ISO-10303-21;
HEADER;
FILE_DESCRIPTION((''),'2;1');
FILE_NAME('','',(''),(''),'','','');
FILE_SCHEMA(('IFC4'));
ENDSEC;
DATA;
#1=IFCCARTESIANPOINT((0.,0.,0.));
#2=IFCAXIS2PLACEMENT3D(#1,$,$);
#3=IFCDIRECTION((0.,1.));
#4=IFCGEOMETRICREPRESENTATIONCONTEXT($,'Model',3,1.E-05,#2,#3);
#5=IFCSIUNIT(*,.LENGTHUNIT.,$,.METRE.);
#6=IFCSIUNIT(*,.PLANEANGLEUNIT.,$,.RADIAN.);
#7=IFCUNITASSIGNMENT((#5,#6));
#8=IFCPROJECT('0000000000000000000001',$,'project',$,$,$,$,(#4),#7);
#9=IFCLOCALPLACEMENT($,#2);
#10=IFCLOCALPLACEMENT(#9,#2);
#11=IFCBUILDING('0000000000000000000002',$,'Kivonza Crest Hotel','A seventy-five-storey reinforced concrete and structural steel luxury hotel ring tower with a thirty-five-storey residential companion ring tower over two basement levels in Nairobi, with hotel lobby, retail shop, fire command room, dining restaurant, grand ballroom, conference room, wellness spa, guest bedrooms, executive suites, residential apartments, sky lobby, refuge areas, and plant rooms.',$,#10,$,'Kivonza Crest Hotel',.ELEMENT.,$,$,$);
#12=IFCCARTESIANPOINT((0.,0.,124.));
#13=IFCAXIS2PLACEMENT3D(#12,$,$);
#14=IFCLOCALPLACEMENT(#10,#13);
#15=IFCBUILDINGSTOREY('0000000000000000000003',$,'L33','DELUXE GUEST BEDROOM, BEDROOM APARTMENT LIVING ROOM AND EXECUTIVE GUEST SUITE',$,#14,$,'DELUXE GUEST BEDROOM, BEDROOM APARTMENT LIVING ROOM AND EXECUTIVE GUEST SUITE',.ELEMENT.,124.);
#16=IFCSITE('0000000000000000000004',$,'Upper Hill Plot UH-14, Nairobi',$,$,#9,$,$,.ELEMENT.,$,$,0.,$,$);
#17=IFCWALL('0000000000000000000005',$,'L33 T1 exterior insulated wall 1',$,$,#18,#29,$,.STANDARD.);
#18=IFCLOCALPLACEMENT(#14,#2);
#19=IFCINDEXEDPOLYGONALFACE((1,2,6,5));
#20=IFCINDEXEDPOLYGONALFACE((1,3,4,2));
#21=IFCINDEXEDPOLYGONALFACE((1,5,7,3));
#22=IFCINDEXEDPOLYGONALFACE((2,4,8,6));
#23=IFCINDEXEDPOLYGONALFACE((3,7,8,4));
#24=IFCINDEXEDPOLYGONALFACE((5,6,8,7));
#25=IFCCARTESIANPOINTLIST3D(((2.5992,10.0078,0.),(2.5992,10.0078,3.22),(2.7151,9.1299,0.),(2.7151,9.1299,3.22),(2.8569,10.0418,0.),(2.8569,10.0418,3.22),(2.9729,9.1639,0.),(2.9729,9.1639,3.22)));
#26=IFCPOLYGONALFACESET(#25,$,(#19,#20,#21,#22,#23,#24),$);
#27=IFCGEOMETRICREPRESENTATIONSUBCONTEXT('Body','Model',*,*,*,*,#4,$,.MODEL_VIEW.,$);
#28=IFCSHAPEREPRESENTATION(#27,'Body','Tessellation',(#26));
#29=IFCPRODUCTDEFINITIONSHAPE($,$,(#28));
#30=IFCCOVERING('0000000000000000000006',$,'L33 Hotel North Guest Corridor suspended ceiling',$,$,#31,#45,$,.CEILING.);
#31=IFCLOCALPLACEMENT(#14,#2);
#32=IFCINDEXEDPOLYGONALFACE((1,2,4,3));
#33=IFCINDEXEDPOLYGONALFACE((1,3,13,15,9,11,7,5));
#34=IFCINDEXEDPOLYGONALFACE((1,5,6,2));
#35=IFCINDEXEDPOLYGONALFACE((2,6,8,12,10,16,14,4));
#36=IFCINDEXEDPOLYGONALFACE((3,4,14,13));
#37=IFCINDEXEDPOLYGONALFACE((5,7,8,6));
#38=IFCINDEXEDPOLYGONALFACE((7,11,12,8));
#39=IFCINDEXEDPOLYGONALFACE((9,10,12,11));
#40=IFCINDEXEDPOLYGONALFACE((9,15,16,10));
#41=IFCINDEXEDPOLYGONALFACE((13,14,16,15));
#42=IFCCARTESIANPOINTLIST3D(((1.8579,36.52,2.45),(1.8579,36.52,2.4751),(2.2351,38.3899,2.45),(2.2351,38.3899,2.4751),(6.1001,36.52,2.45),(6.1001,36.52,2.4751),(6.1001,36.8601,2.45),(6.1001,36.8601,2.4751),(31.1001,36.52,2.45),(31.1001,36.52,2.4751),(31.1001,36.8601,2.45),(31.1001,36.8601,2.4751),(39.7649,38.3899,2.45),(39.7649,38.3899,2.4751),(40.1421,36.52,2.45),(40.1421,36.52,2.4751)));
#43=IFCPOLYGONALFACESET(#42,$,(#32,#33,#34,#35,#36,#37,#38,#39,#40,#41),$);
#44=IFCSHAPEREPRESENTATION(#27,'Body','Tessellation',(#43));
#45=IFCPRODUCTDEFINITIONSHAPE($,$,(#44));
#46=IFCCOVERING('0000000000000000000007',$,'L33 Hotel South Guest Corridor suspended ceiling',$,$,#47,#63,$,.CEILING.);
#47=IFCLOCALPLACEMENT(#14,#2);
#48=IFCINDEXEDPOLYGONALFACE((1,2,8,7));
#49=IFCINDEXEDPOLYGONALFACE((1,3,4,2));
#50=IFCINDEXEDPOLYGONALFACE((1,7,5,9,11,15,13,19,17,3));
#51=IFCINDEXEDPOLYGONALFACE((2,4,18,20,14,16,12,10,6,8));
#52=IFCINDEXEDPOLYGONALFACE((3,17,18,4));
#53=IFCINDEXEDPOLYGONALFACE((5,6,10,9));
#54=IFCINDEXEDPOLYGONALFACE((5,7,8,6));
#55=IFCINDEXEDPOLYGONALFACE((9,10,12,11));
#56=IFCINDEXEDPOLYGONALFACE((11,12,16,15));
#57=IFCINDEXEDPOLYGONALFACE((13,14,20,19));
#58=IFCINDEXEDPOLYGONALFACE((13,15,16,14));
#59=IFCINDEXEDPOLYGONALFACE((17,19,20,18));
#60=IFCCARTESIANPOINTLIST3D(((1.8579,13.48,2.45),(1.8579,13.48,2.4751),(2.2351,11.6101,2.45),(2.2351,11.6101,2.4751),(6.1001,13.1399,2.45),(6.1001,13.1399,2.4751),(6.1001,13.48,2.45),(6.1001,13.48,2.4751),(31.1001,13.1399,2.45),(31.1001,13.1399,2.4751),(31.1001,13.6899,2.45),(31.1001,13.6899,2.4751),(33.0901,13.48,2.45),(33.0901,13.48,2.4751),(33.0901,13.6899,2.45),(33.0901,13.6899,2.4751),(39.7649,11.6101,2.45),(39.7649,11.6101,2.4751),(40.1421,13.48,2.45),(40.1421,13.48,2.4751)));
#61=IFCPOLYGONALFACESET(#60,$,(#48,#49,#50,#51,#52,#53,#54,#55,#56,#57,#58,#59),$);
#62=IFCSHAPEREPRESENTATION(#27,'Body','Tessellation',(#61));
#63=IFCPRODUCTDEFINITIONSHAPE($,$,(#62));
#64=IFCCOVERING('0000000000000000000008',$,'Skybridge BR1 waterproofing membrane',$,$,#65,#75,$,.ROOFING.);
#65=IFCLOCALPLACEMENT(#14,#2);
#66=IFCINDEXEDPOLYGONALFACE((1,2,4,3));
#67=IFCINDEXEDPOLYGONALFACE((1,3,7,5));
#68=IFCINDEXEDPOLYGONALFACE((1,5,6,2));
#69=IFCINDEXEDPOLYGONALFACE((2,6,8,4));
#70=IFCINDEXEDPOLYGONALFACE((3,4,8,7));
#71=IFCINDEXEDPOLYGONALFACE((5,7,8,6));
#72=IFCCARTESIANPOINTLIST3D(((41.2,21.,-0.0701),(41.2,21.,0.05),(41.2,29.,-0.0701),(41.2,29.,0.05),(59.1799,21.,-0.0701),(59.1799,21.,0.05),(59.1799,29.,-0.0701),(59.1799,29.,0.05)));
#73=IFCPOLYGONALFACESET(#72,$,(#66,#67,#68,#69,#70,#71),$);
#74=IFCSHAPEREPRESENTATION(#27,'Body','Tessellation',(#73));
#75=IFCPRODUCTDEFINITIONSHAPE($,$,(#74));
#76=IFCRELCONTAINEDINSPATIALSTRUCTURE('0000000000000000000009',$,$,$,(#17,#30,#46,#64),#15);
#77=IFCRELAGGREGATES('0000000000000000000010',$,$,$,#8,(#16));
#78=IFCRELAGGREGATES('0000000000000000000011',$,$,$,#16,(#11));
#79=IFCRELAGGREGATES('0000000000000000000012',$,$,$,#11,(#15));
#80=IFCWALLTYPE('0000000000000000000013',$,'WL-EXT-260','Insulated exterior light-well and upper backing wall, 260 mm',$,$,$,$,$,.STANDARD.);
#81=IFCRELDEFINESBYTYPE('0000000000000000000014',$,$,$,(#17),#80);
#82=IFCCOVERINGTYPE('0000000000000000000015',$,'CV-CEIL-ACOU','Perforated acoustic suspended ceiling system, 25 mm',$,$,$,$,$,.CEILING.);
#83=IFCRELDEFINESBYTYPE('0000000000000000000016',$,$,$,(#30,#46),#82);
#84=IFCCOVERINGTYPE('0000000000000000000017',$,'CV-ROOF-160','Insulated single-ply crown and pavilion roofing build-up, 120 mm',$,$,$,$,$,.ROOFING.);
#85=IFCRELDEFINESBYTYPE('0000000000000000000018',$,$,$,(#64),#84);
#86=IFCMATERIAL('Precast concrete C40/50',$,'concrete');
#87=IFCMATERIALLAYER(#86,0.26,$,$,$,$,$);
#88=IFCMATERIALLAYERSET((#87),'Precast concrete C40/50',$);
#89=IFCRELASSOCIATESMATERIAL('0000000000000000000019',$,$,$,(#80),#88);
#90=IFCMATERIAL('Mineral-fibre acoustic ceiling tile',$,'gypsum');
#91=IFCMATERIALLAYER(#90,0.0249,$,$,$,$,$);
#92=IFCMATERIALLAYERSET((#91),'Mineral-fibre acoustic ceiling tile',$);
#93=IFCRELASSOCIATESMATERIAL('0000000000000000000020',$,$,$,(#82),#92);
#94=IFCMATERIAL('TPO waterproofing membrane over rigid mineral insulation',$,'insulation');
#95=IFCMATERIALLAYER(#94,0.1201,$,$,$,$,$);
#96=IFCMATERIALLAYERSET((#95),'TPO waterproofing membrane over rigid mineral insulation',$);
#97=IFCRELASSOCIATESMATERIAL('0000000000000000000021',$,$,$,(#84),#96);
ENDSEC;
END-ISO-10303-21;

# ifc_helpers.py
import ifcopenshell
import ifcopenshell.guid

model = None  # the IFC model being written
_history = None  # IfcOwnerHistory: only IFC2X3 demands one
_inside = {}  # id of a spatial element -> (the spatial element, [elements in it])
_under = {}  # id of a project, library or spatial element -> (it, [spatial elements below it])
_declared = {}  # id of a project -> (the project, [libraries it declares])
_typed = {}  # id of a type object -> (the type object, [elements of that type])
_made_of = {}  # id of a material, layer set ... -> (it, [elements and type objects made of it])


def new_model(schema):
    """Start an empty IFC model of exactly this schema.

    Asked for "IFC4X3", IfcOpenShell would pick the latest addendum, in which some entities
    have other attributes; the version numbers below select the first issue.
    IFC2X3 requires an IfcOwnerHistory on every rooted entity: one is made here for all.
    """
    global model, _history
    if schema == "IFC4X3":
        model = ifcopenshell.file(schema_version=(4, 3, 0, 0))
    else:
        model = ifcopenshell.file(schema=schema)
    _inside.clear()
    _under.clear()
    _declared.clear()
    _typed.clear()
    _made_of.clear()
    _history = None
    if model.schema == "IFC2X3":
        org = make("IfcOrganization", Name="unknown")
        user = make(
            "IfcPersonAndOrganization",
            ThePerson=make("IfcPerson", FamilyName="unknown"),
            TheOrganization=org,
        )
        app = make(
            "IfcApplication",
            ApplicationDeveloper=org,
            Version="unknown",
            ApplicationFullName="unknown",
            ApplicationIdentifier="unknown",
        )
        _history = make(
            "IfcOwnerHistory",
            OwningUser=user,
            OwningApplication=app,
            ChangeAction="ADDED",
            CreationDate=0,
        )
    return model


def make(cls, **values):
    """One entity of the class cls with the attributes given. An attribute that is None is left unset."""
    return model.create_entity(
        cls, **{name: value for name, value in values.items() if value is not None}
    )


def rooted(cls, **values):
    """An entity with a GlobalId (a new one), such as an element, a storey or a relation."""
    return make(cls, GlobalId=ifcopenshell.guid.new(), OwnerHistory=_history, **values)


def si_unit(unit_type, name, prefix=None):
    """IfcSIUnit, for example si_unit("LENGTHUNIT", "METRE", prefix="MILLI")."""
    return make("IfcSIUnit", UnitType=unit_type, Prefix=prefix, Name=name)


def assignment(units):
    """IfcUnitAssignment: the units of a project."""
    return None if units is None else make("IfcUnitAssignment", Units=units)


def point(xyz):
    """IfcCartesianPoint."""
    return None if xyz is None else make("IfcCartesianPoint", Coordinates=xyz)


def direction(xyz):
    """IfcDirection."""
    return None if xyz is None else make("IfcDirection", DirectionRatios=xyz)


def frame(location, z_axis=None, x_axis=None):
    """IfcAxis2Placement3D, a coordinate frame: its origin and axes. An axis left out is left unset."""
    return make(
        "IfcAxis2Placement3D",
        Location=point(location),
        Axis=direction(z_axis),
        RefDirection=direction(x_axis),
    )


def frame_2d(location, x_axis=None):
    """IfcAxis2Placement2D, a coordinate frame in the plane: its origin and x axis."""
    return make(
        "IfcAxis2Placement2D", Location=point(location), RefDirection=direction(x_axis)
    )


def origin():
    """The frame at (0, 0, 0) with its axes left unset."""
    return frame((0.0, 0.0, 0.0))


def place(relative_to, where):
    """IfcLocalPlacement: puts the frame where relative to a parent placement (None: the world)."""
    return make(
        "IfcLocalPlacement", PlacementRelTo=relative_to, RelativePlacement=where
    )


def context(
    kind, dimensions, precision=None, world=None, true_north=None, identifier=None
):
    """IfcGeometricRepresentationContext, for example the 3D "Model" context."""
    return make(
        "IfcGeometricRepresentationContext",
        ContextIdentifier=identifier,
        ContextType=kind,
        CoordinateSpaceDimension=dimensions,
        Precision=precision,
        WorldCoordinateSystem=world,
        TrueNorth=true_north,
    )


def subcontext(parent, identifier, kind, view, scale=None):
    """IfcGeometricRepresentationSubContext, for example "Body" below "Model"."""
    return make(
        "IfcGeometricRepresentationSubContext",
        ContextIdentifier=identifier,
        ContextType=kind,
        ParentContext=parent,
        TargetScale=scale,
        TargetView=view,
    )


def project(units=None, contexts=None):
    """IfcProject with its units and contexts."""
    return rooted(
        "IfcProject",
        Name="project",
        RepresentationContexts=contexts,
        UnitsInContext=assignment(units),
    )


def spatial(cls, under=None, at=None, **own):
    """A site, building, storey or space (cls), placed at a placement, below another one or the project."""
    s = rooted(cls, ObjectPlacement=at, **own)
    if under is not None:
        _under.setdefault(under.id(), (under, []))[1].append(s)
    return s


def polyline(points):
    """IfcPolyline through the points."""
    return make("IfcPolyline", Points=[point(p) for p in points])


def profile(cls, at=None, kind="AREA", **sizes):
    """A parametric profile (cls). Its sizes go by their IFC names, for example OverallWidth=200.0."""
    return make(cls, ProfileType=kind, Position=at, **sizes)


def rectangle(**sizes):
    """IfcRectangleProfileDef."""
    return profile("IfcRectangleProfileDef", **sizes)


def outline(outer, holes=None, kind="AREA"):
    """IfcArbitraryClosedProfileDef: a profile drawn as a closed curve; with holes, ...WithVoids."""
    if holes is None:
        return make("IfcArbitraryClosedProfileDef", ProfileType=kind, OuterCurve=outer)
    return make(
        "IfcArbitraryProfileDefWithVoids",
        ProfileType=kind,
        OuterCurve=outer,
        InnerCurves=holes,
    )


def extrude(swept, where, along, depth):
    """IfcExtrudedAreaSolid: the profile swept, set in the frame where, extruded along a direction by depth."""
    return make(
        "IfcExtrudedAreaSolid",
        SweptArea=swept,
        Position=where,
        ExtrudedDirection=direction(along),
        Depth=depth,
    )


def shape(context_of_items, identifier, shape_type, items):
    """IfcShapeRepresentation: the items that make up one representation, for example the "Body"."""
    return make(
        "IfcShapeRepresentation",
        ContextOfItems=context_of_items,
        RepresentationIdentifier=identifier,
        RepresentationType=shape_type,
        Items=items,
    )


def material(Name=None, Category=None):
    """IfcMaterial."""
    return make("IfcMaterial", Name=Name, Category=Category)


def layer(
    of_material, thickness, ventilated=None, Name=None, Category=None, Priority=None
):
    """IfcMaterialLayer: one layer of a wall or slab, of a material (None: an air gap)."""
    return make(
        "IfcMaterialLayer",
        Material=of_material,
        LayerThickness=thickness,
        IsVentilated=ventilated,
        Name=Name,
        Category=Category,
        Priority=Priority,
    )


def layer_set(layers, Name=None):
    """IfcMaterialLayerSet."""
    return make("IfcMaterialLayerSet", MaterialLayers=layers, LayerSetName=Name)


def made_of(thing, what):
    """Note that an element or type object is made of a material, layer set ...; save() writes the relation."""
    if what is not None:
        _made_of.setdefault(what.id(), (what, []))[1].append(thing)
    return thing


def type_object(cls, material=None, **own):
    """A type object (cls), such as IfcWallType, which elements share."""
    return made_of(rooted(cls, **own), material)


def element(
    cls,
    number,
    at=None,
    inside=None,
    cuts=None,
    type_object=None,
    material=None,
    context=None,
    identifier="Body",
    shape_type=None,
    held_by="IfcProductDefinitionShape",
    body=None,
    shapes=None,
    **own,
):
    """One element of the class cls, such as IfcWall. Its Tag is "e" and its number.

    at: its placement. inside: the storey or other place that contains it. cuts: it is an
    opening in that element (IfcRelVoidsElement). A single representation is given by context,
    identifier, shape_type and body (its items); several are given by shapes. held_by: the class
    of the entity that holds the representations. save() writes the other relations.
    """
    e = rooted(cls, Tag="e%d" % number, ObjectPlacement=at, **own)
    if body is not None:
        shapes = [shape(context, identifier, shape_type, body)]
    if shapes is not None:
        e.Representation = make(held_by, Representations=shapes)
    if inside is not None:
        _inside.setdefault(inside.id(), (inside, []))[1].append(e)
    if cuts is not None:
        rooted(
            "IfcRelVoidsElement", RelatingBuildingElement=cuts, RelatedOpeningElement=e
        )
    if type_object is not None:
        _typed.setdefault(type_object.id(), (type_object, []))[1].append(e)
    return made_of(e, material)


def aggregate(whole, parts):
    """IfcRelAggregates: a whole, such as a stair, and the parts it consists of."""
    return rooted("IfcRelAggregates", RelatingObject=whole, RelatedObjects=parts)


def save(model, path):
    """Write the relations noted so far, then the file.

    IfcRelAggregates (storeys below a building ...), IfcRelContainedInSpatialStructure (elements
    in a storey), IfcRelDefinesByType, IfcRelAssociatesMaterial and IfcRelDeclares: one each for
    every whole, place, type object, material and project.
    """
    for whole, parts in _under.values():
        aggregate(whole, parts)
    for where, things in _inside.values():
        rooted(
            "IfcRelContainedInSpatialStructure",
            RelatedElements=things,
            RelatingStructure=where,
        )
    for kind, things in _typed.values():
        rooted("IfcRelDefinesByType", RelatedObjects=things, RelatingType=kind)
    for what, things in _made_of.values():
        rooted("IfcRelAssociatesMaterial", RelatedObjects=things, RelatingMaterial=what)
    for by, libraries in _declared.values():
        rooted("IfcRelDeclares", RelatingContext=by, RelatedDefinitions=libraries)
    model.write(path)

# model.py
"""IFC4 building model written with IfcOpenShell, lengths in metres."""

from ifc_helpers import new_model, si_unit, direction, frame, frame_2d, origin, place, context, subcontext, project, spatial, polyline, rectangle, outline, extrude, material, layer, layer_set, type_object, element, save


model = new_model("IFC4")

# Units and contexts
model_context = context("Model", 3, precision=1e-05, world=origin(), true_north=direction((0.0, 1.0)))
body_context = subcontext(model_context, "Body", "Model", "MODEL_VIEW")
ifc_project = project(units=[si_unit("LENGTHUNIT", "METRE"), si_unit("PLANEANGLEUNIT", "RADIAN")], contexts=[model_context])

# Site, building, storey
site_placement = place(None, origin())
site = spatial("IfcSite", under=ifc_project, at=site_placement, Name="Upper Hill Plot UH-14, Nairobi", CompositionType="ELEMENT", RefElevation=0.0)
building_placement = place(site_placement, origin())
building = spatial("IfcBuilding", under=site, at=building_placement, Name="Kivonza Crest Hotel", Description="A seventy-five-storey reinforced concrete and structural steel luxury hotel ring tower with a thirty-five-storey residential companion ring tower over two basement levels in Nairobi, with hotel lobby, retail shop, fire command room, dining restaurant, grand ballroom, conference room, wellness spa, guest bedrooms, executive suites, residential apartments, sky lobby, refuge areas, and plant rooms.", LongName="Kivonza Crest Hotel", CompositionType="ELEMENT")
storey_placement = place(building_placement, frame((0.0, 0.0, 124.0)))
storey = spatial("IfcBuildingStorey", under=building, at=storey_placement, Name="L33", Description="DELUXE GUEST BEDROOM, BEDROOM APARTMENT LIVING ROOM AND EXECUTIVE GUEST SUITE", LongName="DELUXE GUEST BEDROOM, BEDROOM APARTMENT LIVING ROOM AND EXECUTIVE GUEST SUITE", CompositionType="ELEMENT", Elevation=124.0)

# Wall
ifc_material_1 = material(Name="Precast concrete C40/50", Category="concrete")
ifc_layer_1 = layer(ifc_material_1, 0.26)
ifc_layer_set_1 = layer_set([ifc_layer_1], Name="Precast concrete C40/50")
wall_type_1 = type_object("IfcWallType", Name="WL-EXT-260", Description="Insulated exterior light-well and upper backing wall, 260 mm", PredefinedType="STANDARD", material=ifc_layer_set_1)
wall_1_placement = place(storey_placement, frame((2.728, 10.0249, 0.0), z_axis=(0.0, 0.0, 1.0), x_axis=(0.130954, -0.991388, 0.0)))
element("IfcWall", 1, at=wall_1_placement, inside=storey, type_object=wall_type_1, Name="L33 T1 exterior insulated wall 1", PredefinedType="STANDARD", context=body_context, shape_type="SweptSolid", body=[
    extrude(rectangle(XDim=0.8855, YDim=0.26, at=frame_2d((0.4429, 0.0))), origin(), (0.0, 0.0, 1.0), 3.22),
])

# Coverings
ifc_material_2 = material(Name="Mineral-fibre acoustic ceiling tile", Category="gypsum")
ifc_layer_2 = layer(ifc_material_2, 0.0249)
ifc_layer_set_2 = layer_set([ifc_layer_2], Name="Mineral-fibre acoustic ceiling tile")
covering_type_1 = type_object("IfcCoveringType", Name="CV-CEIL-ACOU", Description="Perforated acoustic suspended ceiling system, 25 mm", PredefinedType="CEILING", material=ifc_layer_set_2)
covering_1_placement = place(storey_placement, frame((0.0, 0.0, 2.45)))
element("IfcCovering", 2, at=covering_1_placement, inside=storey, type_object=covering_type_1, Name="L33 Hotel North Guest Corridor suspended ceiling", PredefinedType="CEILING", context=body_context, shape_type="SweptSolid", body=[
    extrude(outline(polyline([(2.2351, 38.3899), (1.8579, 36.52), (6.1001, 36.52), (6.1001, 36.8601), (31.1001, 36.8601), (31.1001, 36.52), (40.1421, 36.52), (39.7649, 38.3899), (2.2351, 38.3899)])), origin(), (0.0, 0.0, 1.0), 0.0251),
])
covering_2_placement = place(storey_placement, frame((0.0, 0.0, 2.45)))
element("IfcCovering", 3, at=covering_2_placement, inside=storey, type_object=covering_type_1, Name="L33 Hotel South Guest Corridor suspended ceiling", PredefinedType="CEILING", context=body_context, shape_type="SweptSolid", body=[
    extrude(outline(polyline([(33.0901, 13.48), (33.0901, 13.6899), (31.1001, 13.6899), (31.1001, 13.1399), (6.1001, 13.1399), (6.1001, 13.48), (1.8579, 13.48), (2.2351, 11.6101), (39.7649, 11.6101), (40.1421, 13.48), (33.0901, 13.48)])), origin(), (0.0, 0.0, 1.0), 0.0251),
])
ifc_material_3 = material(Name="TPO waterproofing membrane over rigid mineral insulation", Category="insulation")
ifc_layer_3 = layer(ifc_material_3, 0.1201)
ifc_layer_set_3 = layer_set([ifc_layer_3], Name="TPO waterproofing membrane over rigid mineral insulation")
covering_type_2 = type_object("IfcCoveringType", Name="CV-ROOF-160", Description="Insulated single-ply crown and pavilion roofing build-up, 120 mm", PredefinedType="ROOFING", material=ifc_layer_set_3)
covering_3_placement = place(storey_placement, frame((0.0, 0.0, -0.0701)))
element("IfcCovering", 4, at=covering_3_placement, inside=storey, type_object=covering_type_2, Name="Skybridge BR1 waterproofing membrane", PredefinedType="ROOFING", context=body_context, shape_type="SweptSolid", body=[
    extrude(outline(polyline([(41.2, 21.0), (59.1799, 21.0), (59.1799, 29.0), (41.2, 29.0), (41.2, 21.0)])), origin(), (0.0, 0.0, 1.0), 0.1201),
])

save(model, "model.ifc")
